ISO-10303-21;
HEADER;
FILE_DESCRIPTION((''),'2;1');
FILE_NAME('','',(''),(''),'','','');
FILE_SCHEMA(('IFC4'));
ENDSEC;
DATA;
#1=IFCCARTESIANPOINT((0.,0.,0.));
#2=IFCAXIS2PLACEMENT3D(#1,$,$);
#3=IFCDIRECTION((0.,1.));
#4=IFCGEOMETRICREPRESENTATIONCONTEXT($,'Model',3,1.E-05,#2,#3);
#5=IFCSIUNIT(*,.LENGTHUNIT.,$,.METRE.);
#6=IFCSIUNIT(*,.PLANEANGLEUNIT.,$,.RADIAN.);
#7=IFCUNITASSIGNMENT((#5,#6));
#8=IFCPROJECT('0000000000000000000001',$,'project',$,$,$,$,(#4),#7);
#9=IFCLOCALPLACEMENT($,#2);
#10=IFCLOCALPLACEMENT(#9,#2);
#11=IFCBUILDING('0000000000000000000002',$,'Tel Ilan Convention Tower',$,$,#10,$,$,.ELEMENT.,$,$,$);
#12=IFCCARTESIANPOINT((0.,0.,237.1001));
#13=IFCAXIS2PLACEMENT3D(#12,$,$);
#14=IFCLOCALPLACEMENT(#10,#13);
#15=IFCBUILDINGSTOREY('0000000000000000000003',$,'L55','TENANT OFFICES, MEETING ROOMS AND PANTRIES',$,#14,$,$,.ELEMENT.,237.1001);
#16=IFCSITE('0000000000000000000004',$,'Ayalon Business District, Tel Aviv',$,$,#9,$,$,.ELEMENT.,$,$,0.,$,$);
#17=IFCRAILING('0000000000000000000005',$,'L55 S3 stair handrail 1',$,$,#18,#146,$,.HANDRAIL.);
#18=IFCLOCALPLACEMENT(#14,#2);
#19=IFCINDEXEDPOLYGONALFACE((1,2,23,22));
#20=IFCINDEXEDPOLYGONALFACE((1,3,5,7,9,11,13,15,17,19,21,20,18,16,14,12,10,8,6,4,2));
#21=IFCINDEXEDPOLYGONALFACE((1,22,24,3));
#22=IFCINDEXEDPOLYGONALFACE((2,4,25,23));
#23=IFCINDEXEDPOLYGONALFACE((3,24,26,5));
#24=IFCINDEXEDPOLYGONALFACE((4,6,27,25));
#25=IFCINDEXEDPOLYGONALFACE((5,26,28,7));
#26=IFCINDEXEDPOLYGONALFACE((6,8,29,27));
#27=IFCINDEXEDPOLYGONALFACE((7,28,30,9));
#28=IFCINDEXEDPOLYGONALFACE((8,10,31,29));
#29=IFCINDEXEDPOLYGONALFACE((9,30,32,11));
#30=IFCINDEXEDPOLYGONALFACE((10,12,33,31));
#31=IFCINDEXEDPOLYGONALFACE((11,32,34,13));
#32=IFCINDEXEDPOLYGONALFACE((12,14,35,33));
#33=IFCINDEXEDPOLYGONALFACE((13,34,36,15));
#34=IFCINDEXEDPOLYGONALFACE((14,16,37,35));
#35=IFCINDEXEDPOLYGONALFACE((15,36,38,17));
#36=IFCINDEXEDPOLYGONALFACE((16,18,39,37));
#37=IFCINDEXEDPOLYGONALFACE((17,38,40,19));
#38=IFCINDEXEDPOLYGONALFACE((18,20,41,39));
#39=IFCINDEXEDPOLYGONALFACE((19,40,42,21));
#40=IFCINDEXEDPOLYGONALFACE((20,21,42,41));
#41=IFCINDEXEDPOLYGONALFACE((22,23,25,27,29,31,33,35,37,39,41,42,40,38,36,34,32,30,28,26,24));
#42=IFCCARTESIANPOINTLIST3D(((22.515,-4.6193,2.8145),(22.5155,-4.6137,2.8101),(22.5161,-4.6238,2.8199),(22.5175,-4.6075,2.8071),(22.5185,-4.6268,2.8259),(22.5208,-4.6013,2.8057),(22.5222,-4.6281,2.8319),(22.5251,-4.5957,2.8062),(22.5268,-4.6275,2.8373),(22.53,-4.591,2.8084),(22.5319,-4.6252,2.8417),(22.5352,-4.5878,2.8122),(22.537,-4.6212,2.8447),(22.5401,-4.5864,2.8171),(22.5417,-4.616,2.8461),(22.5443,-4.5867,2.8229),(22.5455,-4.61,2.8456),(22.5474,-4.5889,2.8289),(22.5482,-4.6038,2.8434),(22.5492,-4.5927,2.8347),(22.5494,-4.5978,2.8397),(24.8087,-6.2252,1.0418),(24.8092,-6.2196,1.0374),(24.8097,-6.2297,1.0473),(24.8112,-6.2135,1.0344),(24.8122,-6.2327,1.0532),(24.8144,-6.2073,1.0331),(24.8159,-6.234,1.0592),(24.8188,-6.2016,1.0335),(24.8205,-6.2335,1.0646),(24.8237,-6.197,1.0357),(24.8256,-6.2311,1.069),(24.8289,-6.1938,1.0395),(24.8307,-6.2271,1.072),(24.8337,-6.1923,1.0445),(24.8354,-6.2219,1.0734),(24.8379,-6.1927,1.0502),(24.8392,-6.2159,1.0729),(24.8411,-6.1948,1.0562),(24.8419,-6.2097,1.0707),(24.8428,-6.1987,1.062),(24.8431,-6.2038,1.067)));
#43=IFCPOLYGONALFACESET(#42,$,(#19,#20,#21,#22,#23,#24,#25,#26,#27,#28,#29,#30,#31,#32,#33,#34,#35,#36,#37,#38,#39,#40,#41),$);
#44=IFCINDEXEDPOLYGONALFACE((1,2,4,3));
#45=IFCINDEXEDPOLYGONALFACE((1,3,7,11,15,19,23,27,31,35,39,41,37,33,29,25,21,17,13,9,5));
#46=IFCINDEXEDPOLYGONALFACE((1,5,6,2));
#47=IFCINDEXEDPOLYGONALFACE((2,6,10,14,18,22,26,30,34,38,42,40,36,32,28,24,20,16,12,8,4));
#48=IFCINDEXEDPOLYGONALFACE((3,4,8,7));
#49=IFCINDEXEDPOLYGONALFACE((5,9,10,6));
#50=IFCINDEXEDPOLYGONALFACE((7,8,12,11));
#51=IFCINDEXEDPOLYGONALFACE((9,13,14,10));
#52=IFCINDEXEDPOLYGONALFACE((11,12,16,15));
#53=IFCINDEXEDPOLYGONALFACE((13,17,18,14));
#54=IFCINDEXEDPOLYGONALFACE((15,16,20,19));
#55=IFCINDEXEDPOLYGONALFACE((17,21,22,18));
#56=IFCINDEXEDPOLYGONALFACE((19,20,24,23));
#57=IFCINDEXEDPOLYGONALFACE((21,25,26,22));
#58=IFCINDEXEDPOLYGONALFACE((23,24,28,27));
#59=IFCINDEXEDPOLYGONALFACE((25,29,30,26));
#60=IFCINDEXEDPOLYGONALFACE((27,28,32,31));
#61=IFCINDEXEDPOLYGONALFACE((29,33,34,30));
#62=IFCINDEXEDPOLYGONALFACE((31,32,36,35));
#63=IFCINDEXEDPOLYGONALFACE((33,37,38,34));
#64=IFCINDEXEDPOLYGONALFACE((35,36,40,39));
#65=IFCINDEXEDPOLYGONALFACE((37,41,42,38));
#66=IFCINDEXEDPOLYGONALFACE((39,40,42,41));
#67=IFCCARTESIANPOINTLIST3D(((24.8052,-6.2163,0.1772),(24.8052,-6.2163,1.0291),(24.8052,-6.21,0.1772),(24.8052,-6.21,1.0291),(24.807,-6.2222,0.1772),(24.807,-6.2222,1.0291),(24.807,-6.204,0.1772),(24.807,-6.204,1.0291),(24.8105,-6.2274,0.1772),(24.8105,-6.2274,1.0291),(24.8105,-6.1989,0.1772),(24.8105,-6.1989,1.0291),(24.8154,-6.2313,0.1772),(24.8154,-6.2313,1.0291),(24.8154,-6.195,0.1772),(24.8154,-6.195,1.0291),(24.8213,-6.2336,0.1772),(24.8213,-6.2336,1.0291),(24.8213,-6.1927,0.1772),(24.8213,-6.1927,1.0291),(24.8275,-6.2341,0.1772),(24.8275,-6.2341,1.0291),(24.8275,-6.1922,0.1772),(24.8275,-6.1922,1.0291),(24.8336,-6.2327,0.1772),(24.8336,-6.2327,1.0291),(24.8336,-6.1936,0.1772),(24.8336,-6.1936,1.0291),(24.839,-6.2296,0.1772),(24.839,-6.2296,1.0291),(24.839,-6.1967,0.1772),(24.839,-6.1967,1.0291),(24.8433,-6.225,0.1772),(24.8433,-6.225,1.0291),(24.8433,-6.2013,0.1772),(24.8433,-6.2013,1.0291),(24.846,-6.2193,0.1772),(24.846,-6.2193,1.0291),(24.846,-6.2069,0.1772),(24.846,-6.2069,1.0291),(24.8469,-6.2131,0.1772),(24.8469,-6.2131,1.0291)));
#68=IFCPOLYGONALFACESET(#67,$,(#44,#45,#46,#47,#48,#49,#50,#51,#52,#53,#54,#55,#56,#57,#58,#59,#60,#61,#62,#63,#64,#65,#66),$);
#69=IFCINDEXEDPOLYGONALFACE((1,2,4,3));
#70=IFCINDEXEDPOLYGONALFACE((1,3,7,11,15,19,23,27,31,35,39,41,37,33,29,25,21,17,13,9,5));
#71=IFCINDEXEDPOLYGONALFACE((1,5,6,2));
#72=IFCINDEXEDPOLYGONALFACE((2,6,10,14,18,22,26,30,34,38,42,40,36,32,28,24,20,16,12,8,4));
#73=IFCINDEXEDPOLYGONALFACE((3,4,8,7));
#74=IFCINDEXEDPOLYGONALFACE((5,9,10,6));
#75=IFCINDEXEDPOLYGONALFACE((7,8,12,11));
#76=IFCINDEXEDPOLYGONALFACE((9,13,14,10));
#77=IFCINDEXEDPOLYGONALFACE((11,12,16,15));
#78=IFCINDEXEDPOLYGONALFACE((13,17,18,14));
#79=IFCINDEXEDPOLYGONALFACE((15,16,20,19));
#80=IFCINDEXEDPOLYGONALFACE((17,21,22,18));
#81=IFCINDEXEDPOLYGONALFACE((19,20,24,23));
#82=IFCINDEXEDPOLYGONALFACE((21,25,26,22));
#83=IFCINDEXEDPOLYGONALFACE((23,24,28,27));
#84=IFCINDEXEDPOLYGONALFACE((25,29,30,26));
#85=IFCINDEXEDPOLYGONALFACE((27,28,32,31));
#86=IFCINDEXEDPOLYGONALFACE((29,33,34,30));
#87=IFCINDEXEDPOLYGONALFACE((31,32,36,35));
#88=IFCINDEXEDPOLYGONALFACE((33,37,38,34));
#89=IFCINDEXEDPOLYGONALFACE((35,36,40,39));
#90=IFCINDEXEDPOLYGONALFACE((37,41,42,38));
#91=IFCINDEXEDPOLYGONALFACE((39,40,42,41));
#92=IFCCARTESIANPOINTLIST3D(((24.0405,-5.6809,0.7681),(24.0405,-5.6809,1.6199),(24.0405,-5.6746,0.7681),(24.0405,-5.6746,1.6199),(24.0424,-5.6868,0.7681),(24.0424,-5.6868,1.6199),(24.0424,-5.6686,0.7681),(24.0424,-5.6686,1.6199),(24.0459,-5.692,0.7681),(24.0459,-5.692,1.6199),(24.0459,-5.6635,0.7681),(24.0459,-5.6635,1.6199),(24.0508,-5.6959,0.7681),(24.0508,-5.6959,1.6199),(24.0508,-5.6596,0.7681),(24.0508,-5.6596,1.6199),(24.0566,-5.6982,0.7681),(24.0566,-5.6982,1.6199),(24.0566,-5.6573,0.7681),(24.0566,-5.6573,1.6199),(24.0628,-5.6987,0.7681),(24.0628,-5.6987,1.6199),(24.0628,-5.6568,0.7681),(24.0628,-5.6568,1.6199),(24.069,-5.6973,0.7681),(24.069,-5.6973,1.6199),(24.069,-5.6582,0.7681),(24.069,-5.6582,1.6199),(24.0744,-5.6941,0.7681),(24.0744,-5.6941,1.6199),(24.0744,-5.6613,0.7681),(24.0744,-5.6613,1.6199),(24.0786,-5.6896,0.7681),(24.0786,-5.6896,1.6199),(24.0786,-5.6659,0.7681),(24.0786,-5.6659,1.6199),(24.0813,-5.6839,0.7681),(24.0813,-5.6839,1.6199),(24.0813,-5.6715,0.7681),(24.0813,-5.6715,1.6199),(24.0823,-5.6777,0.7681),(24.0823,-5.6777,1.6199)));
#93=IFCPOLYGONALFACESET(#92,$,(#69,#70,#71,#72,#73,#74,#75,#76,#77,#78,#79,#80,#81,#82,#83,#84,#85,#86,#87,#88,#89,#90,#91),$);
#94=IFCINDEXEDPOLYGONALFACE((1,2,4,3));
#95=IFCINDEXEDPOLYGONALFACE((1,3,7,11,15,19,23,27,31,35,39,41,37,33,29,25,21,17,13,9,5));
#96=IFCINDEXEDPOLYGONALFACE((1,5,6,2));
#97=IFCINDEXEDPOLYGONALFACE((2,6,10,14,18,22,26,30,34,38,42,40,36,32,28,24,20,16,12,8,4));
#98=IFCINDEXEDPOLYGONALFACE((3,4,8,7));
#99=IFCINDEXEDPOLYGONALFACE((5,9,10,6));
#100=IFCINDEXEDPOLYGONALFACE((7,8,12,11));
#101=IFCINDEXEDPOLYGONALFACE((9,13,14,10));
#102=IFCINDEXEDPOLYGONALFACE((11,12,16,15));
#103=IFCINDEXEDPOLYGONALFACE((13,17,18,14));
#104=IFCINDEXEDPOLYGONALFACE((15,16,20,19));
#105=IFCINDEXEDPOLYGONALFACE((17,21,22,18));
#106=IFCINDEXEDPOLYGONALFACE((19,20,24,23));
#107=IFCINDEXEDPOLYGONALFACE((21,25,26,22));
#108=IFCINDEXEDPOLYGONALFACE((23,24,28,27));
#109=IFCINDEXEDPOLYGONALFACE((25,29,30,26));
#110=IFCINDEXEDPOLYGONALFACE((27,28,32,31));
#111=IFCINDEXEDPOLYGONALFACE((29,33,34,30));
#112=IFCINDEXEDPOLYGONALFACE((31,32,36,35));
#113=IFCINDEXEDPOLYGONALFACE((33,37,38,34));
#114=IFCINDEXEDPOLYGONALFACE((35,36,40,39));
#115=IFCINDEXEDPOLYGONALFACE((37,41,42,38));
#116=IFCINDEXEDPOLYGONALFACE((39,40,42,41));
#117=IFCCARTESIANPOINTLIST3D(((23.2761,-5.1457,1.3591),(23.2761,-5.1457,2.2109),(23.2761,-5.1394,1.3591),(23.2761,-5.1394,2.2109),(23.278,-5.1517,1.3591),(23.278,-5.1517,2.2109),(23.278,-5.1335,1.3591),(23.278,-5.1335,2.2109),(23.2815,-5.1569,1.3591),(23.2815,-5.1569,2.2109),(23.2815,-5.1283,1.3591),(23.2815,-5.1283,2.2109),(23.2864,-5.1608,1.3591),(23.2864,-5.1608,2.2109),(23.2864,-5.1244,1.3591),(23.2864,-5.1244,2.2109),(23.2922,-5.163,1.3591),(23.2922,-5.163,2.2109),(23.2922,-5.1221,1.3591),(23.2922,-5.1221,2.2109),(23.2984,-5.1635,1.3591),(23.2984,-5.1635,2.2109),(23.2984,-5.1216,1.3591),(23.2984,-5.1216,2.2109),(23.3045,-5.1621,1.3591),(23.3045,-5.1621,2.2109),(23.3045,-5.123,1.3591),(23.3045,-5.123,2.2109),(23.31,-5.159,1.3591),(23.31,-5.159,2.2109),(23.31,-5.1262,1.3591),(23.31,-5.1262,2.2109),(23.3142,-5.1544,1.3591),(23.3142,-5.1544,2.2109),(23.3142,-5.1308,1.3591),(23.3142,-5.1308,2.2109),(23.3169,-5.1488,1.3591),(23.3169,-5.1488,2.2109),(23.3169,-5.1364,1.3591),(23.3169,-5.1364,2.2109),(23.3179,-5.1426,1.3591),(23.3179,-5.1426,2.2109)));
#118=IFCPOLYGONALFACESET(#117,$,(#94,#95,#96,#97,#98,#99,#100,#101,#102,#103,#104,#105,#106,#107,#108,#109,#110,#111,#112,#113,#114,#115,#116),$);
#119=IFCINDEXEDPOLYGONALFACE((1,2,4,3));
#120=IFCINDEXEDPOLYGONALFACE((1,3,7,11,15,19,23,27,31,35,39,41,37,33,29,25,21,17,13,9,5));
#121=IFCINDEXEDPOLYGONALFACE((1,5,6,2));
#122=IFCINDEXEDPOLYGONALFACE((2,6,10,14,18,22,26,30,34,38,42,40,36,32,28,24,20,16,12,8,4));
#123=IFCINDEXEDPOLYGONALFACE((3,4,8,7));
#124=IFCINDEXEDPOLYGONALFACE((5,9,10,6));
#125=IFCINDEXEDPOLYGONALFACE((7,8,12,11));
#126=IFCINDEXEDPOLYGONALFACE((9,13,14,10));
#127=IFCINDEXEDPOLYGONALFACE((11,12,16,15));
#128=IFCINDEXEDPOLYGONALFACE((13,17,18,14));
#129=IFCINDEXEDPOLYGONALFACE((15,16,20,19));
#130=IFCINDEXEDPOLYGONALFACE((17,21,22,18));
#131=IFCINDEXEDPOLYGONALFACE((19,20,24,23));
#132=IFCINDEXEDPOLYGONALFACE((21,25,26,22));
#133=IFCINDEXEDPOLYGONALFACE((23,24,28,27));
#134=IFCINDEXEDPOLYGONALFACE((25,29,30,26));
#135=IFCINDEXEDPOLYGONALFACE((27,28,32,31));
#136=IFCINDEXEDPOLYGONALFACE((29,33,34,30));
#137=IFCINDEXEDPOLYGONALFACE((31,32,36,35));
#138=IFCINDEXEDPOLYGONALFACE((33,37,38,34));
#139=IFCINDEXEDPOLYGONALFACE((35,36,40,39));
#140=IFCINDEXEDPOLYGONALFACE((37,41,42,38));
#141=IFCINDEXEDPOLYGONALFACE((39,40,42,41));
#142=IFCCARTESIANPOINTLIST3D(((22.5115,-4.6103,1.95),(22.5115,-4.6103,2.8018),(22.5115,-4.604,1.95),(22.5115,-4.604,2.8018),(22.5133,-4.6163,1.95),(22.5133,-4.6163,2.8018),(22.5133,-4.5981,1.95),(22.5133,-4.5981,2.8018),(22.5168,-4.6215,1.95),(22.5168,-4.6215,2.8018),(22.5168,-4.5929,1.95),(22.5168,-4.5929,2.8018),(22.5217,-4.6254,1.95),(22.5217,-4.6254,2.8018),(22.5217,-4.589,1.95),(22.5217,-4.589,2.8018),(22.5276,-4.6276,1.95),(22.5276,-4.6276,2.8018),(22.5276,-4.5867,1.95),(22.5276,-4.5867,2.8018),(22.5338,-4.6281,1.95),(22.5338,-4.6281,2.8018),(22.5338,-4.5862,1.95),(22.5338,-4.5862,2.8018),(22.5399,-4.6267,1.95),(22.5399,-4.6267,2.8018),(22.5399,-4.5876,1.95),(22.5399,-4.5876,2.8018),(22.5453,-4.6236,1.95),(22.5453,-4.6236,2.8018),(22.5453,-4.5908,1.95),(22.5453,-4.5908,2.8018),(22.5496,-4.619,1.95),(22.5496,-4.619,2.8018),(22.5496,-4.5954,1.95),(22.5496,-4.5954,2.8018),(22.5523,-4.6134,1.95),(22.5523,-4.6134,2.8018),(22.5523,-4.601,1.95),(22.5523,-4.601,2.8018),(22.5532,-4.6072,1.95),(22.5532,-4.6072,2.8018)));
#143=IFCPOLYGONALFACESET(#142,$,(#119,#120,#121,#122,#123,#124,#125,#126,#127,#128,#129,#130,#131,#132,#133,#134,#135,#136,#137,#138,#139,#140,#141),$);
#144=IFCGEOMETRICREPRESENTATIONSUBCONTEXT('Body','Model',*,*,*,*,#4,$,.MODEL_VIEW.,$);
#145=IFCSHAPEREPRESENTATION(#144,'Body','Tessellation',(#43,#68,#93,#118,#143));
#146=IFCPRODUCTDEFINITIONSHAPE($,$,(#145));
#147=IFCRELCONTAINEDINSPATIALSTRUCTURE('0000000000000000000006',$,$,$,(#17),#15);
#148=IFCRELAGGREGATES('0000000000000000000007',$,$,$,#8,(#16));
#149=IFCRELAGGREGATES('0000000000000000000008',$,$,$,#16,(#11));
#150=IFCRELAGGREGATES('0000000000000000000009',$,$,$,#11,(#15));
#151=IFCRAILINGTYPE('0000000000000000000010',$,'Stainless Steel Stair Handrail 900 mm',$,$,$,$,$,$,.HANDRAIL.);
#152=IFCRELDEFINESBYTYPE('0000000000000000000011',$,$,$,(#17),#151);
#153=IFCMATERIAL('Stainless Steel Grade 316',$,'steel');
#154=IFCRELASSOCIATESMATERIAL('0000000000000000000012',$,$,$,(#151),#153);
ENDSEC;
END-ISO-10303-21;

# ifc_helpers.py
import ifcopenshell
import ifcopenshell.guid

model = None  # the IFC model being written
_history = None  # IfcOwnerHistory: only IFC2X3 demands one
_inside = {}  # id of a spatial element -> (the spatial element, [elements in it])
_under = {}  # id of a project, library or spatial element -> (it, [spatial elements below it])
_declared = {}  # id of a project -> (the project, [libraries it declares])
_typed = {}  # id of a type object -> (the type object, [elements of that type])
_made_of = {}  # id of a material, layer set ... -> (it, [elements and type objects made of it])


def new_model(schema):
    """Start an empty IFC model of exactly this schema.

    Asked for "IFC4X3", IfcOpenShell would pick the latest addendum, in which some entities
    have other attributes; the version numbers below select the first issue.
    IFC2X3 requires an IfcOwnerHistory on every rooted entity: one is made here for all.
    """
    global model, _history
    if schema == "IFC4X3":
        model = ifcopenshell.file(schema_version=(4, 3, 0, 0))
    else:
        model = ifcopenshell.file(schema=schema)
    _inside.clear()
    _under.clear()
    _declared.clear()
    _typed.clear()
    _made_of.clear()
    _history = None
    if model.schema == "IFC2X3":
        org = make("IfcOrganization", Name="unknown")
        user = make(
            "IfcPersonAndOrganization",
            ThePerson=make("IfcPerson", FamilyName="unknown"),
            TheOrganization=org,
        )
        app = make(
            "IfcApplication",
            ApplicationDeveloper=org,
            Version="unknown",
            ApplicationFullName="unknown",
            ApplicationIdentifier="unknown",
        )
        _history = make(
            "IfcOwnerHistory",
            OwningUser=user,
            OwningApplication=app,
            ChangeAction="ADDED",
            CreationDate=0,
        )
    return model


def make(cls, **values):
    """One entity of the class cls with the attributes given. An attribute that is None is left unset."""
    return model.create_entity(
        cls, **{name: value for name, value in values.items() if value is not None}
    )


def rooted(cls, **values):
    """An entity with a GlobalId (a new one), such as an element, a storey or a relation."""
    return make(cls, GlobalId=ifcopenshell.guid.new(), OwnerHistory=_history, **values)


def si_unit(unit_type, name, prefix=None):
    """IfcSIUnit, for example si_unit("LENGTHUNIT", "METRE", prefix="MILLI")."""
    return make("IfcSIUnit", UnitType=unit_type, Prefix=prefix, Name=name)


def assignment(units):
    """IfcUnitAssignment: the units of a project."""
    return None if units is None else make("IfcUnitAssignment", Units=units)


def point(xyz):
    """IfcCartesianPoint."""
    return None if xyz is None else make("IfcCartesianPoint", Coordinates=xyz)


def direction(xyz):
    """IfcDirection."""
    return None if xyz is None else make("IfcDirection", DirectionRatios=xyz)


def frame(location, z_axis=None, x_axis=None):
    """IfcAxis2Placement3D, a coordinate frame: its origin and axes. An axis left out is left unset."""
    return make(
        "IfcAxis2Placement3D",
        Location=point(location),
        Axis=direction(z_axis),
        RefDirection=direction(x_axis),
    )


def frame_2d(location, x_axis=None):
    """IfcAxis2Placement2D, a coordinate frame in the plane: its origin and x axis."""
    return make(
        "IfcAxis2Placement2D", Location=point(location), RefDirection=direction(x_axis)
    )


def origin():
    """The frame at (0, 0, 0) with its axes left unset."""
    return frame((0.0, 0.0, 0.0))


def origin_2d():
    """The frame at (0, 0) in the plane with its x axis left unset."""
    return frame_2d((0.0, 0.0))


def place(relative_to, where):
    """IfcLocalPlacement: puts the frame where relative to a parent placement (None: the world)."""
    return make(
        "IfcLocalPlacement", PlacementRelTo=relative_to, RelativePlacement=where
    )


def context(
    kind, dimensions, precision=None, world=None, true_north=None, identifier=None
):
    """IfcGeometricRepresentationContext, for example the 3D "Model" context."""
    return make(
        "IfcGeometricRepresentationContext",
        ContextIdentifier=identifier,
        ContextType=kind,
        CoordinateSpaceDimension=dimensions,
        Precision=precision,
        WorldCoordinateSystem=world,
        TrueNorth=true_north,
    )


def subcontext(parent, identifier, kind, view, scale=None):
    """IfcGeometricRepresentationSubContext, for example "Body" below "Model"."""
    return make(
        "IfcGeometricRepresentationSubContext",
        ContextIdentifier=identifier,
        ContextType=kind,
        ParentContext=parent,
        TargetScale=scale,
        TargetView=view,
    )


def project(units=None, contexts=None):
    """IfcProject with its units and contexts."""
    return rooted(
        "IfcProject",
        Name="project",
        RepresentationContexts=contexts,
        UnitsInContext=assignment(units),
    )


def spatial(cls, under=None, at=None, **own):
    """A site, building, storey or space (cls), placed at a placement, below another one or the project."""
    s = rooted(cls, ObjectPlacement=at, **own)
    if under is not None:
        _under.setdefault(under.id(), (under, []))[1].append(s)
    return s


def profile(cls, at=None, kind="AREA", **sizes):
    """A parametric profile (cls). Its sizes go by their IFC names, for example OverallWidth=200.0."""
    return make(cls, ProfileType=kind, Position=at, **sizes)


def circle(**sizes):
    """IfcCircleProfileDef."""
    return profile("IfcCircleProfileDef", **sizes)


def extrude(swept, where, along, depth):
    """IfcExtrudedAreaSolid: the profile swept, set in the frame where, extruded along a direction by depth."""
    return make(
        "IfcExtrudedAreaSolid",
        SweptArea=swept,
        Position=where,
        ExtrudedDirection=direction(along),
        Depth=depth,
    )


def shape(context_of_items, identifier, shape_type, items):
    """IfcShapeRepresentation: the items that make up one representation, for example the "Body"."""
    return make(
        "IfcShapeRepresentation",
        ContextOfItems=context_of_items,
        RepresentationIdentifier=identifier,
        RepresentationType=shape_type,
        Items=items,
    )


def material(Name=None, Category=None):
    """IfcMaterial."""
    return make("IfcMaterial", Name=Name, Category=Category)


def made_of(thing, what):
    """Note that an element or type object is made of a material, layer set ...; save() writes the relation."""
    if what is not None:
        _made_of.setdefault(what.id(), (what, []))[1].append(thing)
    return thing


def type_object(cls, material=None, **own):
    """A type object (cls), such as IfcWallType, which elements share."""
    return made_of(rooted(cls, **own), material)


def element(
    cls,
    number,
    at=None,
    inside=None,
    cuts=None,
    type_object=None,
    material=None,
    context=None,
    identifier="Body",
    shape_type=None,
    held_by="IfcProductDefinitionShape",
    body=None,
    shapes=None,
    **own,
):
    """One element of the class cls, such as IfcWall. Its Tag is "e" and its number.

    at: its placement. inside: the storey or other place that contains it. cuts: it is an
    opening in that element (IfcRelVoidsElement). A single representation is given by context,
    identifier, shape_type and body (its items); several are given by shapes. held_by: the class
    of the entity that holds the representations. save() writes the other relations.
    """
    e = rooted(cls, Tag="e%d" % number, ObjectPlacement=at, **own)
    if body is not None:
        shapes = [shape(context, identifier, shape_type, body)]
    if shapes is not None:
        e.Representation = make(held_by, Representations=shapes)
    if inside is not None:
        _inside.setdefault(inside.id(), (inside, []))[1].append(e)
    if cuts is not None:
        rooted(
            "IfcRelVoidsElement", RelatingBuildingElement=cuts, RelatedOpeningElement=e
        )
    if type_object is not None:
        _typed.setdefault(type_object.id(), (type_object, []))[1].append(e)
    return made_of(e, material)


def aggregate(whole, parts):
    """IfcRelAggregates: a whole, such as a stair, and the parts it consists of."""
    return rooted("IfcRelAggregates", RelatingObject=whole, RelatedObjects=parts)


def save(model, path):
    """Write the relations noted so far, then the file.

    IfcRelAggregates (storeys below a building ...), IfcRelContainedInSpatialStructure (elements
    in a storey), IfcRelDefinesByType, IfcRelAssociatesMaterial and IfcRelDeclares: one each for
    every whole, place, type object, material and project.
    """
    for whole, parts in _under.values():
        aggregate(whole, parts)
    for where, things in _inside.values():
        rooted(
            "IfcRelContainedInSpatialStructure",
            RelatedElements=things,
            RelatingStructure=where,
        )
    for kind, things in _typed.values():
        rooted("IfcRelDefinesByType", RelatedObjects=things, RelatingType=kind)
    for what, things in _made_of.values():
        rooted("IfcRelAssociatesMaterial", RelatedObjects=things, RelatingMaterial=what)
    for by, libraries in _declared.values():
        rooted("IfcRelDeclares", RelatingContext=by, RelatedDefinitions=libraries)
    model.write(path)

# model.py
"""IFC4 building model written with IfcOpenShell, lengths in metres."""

from ifc_helpers import new_model, si_unit, direction, frame, origin, origin_2d, place, context, subcontext, project, spatial, circle, extrude, material, type_object, element, save


model = new_model("IFC4")

# Units and contexts
model_context = context("Model", 3, precision=1e-05, world=origin(), true_north=direction((0.0, 1.0)))
body_context = subcontext(model_context, "Body", "Model", "MODEL_VIEW")
ifc_project = project(units=[si_unit("LENGTHUNIT", "METRE"), si_unit("PLANEANGLEUNIT", "RADIAN")], contexts=[model_context])

# Site, building, storey
site_placement = place(None, origin())
site = spatial("IfcSite", under=ifc_project, at=site_placement, Name="Ayalon Business District, Tel Aviv", CompositionType="ELEMENT", RefElevation=0.0)
building_placement = place(site_placement, origin())
building = spatial("IfcBuilding", under=site, at=building_placement, Name="Tel Ilan Convention Tower", CompositionType="ELEMENT")
storey_placement = place(building_placement, frame((0.0, 0.0, 237.1001)))
storey = spatial("IfcBuildingStorey", under=building, at=storey_placement, Name="L55", Description="TENANT OFFICES, MEETING ROOMS AND PANTRIES", CompositionType="ELEMENT", Elevation=237.1001)

# Railing
ifc_material_1 = material(Name="Stainless Steel Grade 316", Category="steel")
railing_type_1 = type_object("IfcRailingType", Name="Stainless Steel Stair Handrail 900 mm", PredefinedType="HANDRAIL", material=ifc_material_1)
railing_1_placement = place(storey_placement, frame((24.8259, -6.2131, 0.1772)))
element("IfcRailing", 1, at=railing_1_placement, inside=storey, type_object=railing_type_1, Name="L55 S3 stair handrail 1", PredefinedType="HANDRAIL", context=body_context, shape_type="SweptSolid", body=[
    extrude(circle(Radius=0.0239, at=origin_2d()), frame((0.0, 0.0, 0.876), z_axis=(-0.692123, 0.484597, 0.534913), x_axis=(-0.57355, -0.81917, 0.0)), (0.0, 0.0, 1.0), 3.314),
    extrude(circle(Radius=0.021, at=origin_2d()), origin(), (0.0, 0.0, 1.0), 0.8518),
    extrude(circle(Radius=0.021, at=origin_2d()), frame((-0.7646, 0.5354, 0.5908)), (0.0, 0.0, 1.0), 0.8518),
    extrude(circle(Radius=0.021, at=origin_2d()), frame((-1.5291, 1.0706, 1.1819)), (0.0, 0.0, 1.0), 0.8518),
    extrude(circle(Radius=0.021, at=origin_2d()), frame((-2.2937, 1.606, 1.7727)), (0.0, 0.0, 1.0), 0.8518),
])

save(model, "model.ifc")
